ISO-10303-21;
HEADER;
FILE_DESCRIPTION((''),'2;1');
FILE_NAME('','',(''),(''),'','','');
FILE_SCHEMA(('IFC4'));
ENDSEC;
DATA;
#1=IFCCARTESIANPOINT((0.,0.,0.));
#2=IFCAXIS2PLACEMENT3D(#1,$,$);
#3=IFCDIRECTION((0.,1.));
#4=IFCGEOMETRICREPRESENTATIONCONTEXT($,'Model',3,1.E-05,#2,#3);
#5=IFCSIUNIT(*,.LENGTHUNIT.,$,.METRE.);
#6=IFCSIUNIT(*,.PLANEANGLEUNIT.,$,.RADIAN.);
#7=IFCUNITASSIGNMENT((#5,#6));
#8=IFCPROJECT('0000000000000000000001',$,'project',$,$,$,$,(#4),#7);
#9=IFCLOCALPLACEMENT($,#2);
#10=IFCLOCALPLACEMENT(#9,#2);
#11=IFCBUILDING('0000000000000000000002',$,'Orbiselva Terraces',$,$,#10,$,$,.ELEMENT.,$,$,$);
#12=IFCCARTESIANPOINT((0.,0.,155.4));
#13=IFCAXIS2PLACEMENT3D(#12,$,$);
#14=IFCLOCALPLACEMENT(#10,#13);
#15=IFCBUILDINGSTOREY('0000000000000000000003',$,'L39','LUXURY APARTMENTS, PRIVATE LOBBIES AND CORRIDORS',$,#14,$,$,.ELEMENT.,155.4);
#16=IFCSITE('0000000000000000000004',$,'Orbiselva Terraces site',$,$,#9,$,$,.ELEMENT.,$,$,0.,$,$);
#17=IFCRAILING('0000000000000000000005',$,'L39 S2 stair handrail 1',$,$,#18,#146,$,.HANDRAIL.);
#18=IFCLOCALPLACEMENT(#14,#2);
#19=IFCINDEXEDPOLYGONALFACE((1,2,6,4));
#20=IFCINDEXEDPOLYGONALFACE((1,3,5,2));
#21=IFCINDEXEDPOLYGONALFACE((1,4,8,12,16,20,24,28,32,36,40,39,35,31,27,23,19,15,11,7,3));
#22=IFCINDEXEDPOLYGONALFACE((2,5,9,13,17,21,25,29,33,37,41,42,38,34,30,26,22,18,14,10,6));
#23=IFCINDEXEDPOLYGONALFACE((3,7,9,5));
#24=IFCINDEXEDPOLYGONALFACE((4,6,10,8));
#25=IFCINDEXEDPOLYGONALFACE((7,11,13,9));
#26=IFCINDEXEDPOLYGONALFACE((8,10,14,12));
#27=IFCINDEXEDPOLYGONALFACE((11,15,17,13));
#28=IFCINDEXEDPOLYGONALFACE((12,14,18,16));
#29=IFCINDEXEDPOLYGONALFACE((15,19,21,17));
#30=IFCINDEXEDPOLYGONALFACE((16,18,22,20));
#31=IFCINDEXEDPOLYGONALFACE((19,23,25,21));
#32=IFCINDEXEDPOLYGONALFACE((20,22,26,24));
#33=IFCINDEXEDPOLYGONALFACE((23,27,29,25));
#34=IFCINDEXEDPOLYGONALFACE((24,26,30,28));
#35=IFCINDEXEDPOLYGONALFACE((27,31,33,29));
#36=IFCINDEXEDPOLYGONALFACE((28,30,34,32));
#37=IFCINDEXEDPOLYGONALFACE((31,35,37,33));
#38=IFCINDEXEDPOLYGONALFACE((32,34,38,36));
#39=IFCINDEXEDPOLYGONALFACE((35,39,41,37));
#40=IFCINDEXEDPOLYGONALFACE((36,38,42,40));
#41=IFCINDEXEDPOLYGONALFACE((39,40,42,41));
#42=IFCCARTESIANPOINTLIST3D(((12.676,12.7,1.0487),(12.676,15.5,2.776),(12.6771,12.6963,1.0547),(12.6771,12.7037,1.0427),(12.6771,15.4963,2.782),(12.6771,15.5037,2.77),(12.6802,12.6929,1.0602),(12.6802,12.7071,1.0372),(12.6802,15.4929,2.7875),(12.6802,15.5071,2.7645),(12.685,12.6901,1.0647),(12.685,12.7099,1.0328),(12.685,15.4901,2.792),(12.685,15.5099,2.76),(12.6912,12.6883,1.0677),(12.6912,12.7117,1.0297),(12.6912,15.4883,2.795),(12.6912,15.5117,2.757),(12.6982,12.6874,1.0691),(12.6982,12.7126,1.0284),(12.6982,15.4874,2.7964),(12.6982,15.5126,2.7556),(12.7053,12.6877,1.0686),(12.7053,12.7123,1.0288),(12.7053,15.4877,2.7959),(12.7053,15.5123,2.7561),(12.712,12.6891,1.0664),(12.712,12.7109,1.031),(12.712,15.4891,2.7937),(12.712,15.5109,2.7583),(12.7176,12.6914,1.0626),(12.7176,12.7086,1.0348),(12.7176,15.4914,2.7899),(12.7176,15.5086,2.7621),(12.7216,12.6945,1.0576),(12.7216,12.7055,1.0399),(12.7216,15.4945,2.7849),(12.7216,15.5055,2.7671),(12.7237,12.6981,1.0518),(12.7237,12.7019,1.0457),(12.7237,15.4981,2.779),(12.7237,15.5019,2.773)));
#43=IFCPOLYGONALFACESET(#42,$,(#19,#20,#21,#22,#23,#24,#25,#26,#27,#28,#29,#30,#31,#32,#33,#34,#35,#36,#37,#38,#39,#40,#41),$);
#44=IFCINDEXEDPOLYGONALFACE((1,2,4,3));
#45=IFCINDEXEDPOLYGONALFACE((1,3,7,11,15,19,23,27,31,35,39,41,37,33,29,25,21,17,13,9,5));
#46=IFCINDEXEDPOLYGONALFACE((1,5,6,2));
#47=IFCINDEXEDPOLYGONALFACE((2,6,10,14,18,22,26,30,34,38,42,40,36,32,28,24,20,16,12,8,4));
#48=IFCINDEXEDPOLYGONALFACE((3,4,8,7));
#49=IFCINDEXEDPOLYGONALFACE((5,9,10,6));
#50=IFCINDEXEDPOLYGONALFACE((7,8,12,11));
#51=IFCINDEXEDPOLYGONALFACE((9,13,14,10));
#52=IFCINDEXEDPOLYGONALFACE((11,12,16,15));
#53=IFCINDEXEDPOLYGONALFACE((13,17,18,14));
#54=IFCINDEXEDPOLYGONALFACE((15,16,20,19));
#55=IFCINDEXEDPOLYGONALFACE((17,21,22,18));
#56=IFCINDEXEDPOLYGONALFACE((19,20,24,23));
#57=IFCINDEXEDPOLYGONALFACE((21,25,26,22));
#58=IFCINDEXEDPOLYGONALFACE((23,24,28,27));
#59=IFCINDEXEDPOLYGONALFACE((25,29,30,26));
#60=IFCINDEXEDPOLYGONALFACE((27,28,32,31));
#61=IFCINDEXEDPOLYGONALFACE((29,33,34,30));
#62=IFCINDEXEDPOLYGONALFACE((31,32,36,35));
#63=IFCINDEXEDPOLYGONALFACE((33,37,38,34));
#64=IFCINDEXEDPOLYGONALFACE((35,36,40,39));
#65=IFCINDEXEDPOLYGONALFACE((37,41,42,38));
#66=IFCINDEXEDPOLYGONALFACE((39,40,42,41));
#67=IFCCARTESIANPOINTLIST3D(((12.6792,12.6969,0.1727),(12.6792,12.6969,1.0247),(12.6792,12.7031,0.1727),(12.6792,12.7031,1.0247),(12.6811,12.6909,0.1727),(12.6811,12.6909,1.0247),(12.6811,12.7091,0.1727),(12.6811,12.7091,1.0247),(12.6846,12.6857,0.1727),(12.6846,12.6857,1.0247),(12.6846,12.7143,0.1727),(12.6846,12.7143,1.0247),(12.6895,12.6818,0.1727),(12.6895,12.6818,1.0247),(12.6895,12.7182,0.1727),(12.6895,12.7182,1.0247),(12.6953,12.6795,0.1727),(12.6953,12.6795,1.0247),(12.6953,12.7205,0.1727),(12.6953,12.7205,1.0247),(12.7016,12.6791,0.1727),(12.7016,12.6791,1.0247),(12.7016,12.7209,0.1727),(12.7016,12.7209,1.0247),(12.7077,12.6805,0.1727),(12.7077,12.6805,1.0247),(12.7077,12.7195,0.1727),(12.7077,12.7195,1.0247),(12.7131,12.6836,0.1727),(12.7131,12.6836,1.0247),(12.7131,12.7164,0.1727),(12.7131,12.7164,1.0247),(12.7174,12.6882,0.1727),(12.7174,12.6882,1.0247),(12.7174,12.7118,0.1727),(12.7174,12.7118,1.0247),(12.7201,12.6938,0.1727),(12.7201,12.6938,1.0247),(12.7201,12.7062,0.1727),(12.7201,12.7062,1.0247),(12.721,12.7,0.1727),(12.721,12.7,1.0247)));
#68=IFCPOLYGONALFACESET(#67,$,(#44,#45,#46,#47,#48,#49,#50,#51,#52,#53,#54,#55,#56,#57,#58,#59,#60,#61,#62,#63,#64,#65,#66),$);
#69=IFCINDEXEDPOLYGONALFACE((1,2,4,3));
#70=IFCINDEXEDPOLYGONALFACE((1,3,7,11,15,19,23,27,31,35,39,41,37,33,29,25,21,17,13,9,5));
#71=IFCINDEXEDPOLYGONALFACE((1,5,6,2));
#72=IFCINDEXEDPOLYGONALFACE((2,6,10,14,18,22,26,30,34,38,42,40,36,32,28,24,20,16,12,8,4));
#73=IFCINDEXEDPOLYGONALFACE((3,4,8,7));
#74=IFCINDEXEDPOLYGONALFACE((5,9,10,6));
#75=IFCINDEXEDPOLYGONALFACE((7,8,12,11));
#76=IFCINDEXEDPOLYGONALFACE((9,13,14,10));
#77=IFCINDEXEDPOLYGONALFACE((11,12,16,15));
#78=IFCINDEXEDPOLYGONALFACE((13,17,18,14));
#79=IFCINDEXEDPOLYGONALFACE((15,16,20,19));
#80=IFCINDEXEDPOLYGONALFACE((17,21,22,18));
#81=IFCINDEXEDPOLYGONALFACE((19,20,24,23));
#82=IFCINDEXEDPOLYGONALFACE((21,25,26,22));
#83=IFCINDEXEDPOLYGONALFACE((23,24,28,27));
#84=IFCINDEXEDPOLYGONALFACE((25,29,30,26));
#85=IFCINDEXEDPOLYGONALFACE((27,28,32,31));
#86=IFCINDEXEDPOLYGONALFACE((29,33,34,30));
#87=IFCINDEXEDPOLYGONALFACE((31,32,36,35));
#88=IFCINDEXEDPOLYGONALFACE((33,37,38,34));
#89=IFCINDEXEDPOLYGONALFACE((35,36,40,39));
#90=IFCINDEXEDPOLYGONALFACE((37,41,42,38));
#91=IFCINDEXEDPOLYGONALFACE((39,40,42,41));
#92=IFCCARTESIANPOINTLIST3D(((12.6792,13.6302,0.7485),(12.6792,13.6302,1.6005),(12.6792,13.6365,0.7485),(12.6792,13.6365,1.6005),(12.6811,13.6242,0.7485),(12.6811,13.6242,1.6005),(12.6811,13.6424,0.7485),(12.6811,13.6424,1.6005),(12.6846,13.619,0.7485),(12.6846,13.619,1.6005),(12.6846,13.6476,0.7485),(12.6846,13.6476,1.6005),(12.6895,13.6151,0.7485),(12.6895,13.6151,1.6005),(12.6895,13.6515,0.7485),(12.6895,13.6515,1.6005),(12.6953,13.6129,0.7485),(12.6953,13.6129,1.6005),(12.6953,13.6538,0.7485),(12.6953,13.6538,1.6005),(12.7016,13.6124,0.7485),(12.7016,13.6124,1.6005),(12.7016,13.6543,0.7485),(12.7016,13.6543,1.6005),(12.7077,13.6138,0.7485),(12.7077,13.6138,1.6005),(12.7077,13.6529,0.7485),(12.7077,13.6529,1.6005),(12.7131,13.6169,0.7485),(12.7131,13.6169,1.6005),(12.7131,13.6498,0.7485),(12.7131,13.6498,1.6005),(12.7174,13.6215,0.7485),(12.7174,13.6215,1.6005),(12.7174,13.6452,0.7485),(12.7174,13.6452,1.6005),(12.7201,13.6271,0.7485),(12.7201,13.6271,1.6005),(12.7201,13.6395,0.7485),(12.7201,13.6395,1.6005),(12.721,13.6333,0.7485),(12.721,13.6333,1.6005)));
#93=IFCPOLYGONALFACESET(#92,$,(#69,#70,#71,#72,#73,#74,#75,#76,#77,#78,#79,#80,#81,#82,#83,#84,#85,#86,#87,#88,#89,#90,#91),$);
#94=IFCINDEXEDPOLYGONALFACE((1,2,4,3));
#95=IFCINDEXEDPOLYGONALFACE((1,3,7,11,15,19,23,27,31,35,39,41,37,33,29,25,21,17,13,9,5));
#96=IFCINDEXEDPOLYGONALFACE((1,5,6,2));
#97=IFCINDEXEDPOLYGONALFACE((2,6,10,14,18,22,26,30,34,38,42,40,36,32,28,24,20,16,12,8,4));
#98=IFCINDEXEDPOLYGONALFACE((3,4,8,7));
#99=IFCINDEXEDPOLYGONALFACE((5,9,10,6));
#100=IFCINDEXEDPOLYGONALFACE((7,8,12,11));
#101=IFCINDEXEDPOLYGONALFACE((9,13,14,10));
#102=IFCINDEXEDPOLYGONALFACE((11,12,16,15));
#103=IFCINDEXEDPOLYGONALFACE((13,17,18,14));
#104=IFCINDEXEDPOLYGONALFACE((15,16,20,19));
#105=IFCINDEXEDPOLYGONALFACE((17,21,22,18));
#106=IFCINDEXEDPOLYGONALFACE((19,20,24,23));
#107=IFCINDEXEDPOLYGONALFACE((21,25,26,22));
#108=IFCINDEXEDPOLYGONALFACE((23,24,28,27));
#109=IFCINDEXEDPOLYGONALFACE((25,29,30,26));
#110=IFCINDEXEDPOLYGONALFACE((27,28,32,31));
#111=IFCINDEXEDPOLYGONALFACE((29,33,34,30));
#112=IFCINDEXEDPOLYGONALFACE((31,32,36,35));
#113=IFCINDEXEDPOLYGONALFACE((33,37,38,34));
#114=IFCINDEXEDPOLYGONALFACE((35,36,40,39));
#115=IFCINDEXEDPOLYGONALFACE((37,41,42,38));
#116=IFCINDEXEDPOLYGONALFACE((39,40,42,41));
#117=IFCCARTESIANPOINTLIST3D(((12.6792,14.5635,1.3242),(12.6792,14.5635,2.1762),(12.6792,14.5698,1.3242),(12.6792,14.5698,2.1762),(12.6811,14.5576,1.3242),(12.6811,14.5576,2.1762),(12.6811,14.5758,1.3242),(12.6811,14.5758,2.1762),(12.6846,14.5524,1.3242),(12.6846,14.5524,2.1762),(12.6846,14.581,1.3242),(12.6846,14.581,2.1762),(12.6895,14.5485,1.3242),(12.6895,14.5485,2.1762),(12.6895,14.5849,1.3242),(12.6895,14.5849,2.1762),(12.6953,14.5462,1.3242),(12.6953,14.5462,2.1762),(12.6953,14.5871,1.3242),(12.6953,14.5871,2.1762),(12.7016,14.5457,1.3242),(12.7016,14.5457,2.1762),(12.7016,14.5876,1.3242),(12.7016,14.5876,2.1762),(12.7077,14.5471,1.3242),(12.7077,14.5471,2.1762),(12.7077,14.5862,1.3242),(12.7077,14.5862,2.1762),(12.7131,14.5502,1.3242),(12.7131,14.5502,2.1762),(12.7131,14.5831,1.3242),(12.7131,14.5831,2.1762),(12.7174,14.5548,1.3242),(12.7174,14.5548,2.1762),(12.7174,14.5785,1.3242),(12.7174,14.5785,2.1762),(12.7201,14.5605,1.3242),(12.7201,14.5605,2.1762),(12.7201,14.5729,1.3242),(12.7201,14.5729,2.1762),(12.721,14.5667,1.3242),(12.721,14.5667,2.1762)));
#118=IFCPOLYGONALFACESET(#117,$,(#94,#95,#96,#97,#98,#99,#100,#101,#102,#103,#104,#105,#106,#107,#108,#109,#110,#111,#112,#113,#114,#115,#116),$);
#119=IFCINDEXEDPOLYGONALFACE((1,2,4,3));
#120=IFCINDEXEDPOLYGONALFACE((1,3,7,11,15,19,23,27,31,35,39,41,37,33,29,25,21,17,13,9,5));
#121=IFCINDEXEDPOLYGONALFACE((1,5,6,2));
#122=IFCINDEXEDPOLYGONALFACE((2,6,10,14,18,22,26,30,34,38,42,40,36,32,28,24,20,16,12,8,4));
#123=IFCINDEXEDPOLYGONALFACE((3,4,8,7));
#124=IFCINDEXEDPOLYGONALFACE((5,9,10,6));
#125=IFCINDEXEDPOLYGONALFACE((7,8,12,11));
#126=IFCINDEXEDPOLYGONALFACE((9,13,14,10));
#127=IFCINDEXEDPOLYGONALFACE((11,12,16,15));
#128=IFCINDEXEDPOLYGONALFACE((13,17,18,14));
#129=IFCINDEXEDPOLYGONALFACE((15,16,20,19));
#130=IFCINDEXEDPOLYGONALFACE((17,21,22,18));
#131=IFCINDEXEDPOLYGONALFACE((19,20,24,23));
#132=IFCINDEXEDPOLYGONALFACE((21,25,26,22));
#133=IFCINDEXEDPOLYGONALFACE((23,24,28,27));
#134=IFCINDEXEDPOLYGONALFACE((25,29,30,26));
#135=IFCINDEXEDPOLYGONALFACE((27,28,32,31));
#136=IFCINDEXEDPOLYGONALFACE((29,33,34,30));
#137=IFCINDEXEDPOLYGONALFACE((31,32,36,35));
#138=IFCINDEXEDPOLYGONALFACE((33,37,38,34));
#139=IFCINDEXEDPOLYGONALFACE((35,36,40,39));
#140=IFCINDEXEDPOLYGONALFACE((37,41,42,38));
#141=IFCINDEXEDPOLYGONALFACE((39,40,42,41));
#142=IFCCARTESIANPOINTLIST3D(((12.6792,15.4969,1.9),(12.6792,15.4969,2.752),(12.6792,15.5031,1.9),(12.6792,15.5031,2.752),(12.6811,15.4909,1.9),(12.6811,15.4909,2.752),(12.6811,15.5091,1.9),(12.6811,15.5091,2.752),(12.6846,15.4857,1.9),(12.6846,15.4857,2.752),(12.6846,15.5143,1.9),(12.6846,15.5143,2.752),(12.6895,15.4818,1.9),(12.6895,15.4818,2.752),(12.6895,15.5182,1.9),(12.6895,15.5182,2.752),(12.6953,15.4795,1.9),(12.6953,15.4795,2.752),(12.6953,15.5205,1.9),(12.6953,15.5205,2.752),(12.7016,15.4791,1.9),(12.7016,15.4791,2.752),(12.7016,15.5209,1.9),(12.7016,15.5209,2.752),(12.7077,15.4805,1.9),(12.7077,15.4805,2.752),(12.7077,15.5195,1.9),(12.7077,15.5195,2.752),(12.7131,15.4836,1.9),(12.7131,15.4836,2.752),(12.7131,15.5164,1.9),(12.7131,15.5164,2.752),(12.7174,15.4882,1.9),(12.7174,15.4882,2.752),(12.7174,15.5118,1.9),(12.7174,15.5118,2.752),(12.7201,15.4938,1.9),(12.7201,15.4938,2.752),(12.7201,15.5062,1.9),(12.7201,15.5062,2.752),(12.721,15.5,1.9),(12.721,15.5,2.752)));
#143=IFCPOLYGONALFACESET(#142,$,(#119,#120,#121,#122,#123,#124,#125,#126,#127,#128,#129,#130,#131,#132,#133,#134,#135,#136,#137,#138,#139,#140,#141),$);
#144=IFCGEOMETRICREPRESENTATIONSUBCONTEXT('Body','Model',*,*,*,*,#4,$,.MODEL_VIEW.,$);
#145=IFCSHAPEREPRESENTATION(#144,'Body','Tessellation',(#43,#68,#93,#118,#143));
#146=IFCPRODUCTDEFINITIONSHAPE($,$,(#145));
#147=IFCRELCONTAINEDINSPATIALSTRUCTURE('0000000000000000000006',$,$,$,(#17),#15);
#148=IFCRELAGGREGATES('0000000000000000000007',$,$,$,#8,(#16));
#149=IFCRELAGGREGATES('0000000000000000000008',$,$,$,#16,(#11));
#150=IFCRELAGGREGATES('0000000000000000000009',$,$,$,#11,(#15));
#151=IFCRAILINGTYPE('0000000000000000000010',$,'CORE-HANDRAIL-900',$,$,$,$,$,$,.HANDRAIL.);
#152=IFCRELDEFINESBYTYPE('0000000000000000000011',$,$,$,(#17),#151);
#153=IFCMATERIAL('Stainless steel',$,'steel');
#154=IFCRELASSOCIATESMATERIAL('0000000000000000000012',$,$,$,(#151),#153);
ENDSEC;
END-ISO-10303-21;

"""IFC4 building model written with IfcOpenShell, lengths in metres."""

from ifc_helpers import new_model, si_unit, direction, frame, origin, origin_2d, place, context, subcontext, project, spatial, circle, extrude, material, type_object, element, save


model = new_model("IFC4")

# Units and contexts
model_context = context("Model", 3, precision=1e-05, world=origin(), true_north=direction((0.0, 1.0)))
body_context = subcontext(model_context, "Body", "Model", "MODEL_VIEW")
ifc_project = project(units=[si_unit("LENGTHUNIT", "METRE"), si_unit("PLANEANGLEUNIT", "RADIAN")], contexts=[model_context])

# Site, building, storey
site_placement = place(None, origin())
site = spatial("IfcSite", under=ifc_project, at=site_placement, Name="Orbiselva Terraces site", CompositionType="ELEMENT", RefElevation=0.0)
building_placement = place(site_placement, origin())
building = spatial("IfcBuilding", under=site, at=building_placement, Name="Orbiselva Terraces", CompositionType="ELEMENT")
storey_placement = place(building_placement, frame((0.0, 0.0, 155.4)))
storey = spatial("IfcBuildingStorey", under=building, at=storey_placement, Name="L39", Description="LUXURY APARTMENTS, PRIVATE LOBBIES AND CORRIDORS", CompositionType="ELEMENT", Elevation=155.4)

# Railing
ifc_material_1 = material(Name="Stainless steel", Category="steel")
railing_type = type_object("IfcRailingType", Name="CORE-HANDRAIL-900", PredefinedType="HANDRAIL", material=ifc_material_1)
railing_placement = place(storey_placement, frame((12.7, 12.7, 0.1727)))
element("IfcRailing", 1, at=railing_placement, inside=storey, type_object=railing_type, Name="L39 S2 stair handrail 1", PredefinedType="HANDRAIL", context=body_context, shape_type="SweptSolid", body=[
    extrude(circle(Radius=0.024, at=origin_2d()), frame((0.0, 0.0, 0.876), z_axis=(0.0, 0.851089, 0.525022), x_axis=(-1.0, 0.0, 0.0)), (0.0, 0.0, 1.0), 3.2899),
    extrude(circle(Radius=0.021, at=origin_2d()), origin(), (0.0, 0.0, 1.0), 0.852),
    extrude(circle(Radius=0.021, at=origin_2d()), frame((0.0, 0.9333, 0.5758)), (0.0, 0.0, 1.0), 0.852),
    extrude(circle(Radius=0.021, at=origin_2d()), frame((0.0, 1.8667, 1.1515)), (0.0, 0.0, 1.0), 0.852),
    extrude(circle(Radius=0.021, at=origin_2d()), frame((0.0, 2.8, 1.7273)), (0.0, 0.0, 1.0), 0.852),
])

save(model, "model.ifc")
